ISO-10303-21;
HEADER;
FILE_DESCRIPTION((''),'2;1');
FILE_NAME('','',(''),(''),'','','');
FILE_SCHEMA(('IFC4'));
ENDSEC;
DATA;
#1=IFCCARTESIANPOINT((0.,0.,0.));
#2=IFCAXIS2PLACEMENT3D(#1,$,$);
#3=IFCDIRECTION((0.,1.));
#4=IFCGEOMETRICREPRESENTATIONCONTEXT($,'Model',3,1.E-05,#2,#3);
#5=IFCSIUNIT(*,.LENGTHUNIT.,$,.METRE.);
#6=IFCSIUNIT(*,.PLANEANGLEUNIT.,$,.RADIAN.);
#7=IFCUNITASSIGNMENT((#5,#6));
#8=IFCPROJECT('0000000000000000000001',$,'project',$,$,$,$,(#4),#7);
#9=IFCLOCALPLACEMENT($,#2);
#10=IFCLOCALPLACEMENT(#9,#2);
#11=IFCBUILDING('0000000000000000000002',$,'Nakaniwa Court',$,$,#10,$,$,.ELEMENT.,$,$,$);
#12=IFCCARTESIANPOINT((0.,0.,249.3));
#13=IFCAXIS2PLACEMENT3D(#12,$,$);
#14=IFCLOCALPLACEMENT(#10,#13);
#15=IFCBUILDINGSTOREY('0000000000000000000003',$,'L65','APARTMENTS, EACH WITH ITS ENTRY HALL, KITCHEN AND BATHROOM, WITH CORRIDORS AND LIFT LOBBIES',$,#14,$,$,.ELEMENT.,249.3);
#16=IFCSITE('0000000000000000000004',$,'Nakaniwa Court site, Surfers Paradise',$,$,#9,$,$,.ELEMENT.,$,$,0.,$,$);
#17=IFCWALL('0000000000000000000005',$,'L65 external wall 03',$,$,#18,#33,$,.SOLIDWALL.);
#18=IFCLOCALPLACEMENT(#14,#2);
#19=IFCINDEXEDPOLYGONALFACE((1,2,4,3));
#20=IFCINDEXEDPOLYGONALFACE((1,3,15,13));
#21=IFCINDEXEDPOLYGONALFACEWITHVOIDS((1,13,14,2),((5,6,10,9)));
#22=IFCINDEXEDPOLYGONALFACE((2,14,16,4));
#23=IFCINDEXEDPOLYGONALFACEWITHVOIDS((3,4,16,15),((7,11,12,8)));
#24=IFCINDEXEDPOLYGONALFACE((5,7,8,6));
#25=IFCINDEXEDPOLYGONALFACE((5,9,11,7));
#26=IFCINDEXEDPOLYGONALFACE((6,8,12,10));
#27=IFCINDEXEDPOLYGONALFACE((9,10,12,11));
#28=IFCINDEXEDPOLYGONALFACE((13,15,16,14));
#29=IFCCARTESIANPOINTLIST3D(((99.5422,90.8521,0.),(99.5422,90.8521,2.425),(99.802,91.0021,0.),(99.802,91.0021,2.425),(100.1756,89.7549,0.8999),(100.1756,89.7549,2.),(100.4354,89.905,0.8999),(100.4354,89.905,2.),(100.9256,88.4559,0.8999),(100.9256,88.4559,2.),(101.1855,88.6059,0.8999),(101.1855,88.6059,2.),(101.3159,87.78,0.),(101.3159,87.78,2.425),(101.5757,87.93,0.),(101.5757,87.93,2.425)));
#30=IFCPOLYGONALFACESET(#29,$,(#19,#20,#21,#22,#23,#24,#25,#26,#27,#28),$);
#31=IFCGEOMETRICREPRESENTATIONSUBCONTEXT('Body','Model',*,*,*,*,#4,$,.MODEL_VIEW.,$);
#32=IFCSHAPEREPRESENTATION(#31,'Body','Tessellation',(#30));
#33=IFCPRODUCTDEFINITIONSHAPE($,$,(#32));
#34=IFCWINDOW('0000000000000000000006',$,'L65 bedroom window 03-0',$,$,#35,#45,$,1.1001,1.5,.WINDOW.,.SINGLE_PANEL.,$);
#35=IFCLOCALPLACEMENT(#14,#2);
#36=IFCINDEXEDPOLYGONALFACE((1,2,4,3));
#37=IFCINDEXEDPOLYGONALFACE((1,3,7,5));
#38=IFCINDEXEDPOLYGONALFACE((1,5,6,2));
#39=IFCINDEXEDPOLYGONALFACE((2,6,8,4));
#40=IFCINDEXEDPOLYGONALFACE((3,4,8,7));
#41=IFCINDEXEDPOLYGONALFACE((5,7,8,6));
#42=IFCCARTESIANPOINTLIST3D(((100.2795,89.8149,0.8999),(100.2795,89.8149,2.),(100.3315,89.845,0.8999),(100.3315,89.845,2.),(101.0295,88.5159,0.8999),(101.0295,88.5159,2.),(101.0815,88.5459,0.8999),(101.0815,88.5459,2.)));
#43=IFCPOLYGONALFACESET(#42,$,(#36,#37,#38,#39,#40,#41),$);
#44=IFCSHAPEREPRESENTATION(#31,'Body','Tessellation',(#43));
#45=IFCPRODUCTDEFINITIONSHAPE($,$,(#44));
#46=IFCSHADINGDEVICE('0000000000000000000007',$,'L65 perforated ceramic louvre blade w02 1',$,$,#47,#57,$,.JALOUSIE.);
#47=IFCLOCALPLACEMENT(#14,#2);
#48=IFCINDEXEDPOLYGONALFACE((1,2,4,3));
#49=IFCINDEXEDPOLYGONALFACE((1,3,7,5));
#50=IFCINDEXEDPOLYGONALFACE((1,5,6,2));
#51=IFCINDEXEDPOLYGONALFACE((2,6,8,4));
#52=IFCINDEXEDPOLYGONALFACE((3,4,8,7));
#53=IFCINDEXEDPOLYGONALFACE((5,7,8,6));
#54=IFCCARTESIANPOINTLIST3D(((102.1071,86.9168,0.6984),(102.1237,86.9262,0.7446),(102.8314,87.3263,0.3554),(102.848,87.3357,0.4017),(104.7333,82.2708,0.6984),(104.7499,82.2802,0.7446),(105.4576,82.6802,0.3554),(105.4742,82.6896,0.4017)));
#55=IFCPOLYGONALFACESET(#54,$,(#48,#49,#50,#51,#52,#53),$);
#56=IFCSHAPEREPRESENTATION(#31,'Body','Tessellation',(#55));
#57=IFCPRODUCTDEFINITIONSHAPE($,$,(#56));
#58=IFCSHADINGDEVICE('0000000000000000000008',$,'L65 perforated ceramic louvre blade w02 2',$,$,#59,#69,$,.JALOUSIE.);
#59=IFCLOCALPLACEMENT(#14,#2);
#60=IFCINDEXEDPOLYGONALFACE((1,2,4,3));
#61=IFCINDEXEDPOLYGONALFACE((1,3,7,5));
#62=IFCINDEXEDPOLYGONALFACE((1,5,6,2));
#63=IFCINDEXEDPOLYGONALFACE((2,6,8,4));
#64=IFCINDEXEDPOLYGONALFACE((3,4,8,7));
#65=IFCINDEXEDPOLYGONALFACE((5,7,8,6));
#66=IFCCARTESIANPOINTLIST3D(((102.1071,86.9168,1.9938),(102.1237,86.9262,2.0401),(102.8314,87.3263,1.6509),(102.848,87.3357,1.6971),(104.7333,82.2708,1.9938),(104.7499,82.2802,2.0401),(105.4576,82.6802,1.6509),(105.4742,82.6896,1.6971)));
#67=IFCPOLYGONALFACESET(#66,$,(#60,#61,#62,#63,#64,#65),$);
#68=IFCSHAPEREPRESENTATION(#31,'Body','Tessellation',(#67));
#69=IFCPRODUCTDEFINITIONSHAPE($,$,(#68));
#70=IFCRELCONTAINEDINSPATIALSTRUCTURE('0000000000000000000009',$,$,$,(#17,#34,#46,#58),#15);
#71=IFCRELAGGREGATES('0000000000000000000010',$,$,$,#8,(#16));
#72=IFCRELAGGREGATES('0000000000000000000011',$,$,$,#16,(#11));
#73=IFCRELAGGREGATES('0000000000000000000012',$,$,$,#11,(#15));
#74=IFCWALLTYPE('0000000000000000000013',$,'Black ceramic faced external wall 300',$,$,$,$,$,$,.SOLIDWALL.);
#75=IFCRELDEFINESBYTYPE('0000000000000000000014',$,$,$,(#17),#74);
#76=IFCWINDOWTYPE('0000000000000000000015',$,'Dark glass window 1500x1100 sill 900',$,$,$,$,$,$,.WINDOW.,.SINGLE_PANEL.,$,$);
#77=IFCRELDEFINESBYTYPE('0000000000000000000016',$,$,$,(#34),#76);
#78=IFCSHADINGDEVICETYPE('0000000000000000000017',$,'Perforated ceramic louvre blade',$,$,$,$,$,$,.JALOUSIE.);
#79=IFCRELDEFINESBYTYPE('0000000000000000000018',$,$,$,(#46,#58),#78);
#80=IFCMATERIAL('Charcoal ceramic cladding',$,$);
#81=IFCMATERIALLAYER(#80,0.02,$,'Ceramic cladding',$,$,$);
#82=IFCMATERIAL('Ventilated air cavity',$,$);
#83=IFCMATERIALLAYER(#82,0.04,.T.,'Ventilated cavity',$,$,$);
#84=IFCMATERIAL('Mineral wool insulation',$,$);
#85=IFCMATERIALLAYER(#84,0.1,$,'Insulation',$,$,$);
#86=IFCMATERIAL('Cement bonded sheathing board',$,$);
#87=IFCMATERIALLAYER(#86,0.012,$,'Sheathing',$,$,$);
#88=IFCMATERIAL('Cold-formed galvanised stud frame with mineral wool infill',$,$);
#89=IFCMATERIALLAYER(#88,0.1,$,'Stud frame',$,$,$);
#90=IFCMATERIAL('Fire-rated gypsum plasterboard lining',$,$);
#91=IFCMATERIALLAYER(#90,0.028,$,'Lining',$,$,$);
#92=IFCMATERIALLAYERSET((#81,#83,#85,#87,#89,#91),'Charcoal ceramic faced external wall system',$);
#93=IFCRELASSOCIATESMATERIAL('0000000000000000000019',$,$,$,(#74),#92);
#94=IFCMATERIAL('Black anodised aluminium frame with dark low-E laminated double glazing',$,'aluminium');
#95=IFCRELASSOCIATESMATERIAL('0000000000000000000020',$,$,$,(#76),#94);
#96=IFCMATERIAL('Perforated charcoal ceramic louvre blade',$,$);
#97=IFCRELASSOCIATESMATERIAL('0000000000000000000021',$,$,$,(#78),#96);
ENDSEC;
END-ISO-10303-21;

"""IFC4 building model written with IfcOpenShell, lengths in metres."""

from ifc_helpers import new_model, si_unit, direction, frame, frame_2d, origin, origin_2d, place, context, subcontext, project, spatial, rectangle, extrude, material, layer, layer_set, material_profile, profile_set, type_object, element, fill, save


model = new_model("IFC4")

# Units and contexts
model_context = context("Model", 3, precision=1e-05, world=origin(), true_north=direction((0.0, 1.0)))
body_context = subcontext(model_context, "Body", "Model", "MODEL_VIEW")
ifc_project = project(units=[si_unit("LENGTHUNIT", "METRE"), si_unit("PLANEANGLEUNIT", "RADIAN")], contexts=[model_context])

# Site, building, storey
site_placement = place(None, origin())
site = spatial("IfcSite", under=ifc_project, at=site_placement, Name="Nakaniwa Court site, Surfers Paradise", CompositionType="ELEMENT", RefElevation=0.0)
building_placement = place(site_placement, origin())
building = spatial("IfcBuilding", under=site, at=building_placement, Name="Nakaniwa Court", CompositionType="ELEMENT")
storey_placement = place(building_placement, frame((0.0, 0.0, 249.3)))
storey = spatial("IfcBuildingStorey", under=building, at=storey_placement, Name="L65", Description="APARTMENTS, EACH WITH ITS ENTRY HALL, KITCHEN AND BATHROOM, WITH CORRIDORS AND LIFT LOBBIES", CompositionType="ELEMENT", Elevation=249.3)

# Shared definitions
ifc_material_1 = material(Name="Charcoal ceramic cladding")
ifc_layer_1 = layer(ifc_material_1, 0.02, Name="Ceramic cladding")
ifc_material_2 = material(Name="Ventilated air cavity")
ifc_layer_2 = layer(ifc_material_2, 0.04, ventilated=True, Name="Ventilated cavity")
ifc_material_3 = material(Name="Mineral wool insulation")
ifc_layer_3 = layer(ifc_material_3, 0.1, Name="Insulation")
ifc_material_4 = material(Name="Cement bonded sheathing board")
ifc_layer_4 = layer(ifc_material_4, 0.012, Name="Sheathing")
ifc_material_5 = material(Name="Cold-formed galvanised stud frame with mineral wool infill")
ifc_layer_5 = layer(ifc_material_5, 0.1, Name="Stud frame")
ifc_material_6 = material(Name="Fire-rated gypsum plasterboard lining")
ifc_layer_6 = layer(ifc_material_6, 0.028, Name="Lining")
ifc_layer_set = layer_set([ifc_layer_1, ifc_layer_2, ifc_layer_3, ifc_layer_4, ifc_layer_5, ifc_layer_6], Name="Charcoal ceramic faced external wall system")
wall_type = type_object("IfcWallType", Name="Black ceramic faced external wall 300", PredefinedType="SOLIDWALL", material=ifc_layer_set)
ifc_material_7 = material(Name="Black anodised aluminium frame with dark low-E laminated double glazing", Category="aluminium")
window_type_1 = type_object("IfcWindowType", Name="Dark glass window 1500x1100 sill 900", PartitioningType="SINGLE_PANEL", PredefinedType="WINDOW", material=ifc_material_7)

# Wall, opening, window
wall_1_placement = place(storey_placement, frame((101.4458, 87.855, 0.0), z_axis=(0.0, 0.0, 1.0), x_axis=(-0.50001, 0.866019, 0.0)))
wall_1 = element("IfcWall", 1, at=wall_1_placement, inside=storey, type_object=wall_type, Name="L65 external wall 03", PredefinedType="SOLIDWALL", context=body_context, shape_type="SweptSolid", body=[
    extrude(rectangle(XDim=3.5474, YDim=0.3, at=frame_2d((1.7737, 0.0))), origin(), (0.0, 0.0, 1.0), 2.425),
])
opening_1_placement = place(wall_1_placement, frame((0.7805, 0.0, 0.8999)))
opening_1 = element("IfcOpeningElement", 2, at=opening_1_placement, cuts=wall_1, PredefinedType="OPENING", context=body_context, shape_type="SweptSolid", body=[
    extrude(rectangle(XDim=1.5, YDim=1.1001, at=frame_2d((0.75, 0.55))), frame((0.0, 0.1599, 0.0), z_axis=(0.0, -1.0, 0.0), x_axis=(1.0, 0.0, 0.0)), (0.0, 0.0, 1.0), 0.3201),
])
window_1_placement = place(opening_1_placement, origin())
window_1 = element("IfcWindow", 3, at=window_1_placement, inside=storey, type_object=window_type_1, Name="L65 bedroom window 03-0", OverallHeight=1.1001, OverallWidth=1.5, PartitioningType="SINGLE_PANEL", PredefinedType="WINDOW", context=body_context, shape_type="SweptSolid", body=[
    extrude(rectangle(XDim=1.5, YDim=1.1001, at=frame_2d((0.75, 0.55))), frame((0.0, 0.03, 0.0), z_axis=(0.0, -1.0, 0.0), x_axis=(1.0, 0.0, 0.0)), (0.0, 0.0, 1.0), 0.0601),
])
fill(opening_1, window_1)

# Shading devices
ifc_material_8 = material(Name="Perforated charcoal ceramic louvre blade")
ifc_material_profile_1 = material_profile(ifc_material_8, rectangle(XDim=0.8999, YDim=0.05, at=origin_2d()), Name="Perforated ceramic louvre blade")
ifc_profile_set_1 = profile_set([ifc_material_profile_1], Name="Perforated charcoal ceramic louvre blade")
shading_device_type = type_object("IfcShadingDeviceType", Name="Perforated ceramic louvre blade", PredefinedType="JALOUSIE", material=ifc_profile_set_1)
for number, where, z_axis, x_axis, name in (
    (4, (105.1038, 82.4802, 0.55), (-0.492089, 0.870545, 0.0), (-0.804859, -0.454959, 0.38107), "L65 perforated ceramic louvre blade w02 1"),
    (5, (105.1038, 82.4802, 1.8455), (-0.492089, 0.870545, 0.0), (-0.804859, -0.454959, 0.38107), "L65 perforated ceramic louvre blade w02 2"),
):
    element("IfcShadingDevice", number, at=place(storey_placement, frame(where, z_axis=z_axis, x_axis=x_axis)), inside=storey, type_object=shading_device_type, Name=name, PredefinedType="JALOUSIE", context=body_context, shape_type="SweptSolid", body=[
        extrude(rectangle(XDim=0.8999, YDim=0.05, at=origin_2d()), origin(), (0.0, 0.0, 1.0), 5.3369),
    ])

save(model, "model.ifc")
